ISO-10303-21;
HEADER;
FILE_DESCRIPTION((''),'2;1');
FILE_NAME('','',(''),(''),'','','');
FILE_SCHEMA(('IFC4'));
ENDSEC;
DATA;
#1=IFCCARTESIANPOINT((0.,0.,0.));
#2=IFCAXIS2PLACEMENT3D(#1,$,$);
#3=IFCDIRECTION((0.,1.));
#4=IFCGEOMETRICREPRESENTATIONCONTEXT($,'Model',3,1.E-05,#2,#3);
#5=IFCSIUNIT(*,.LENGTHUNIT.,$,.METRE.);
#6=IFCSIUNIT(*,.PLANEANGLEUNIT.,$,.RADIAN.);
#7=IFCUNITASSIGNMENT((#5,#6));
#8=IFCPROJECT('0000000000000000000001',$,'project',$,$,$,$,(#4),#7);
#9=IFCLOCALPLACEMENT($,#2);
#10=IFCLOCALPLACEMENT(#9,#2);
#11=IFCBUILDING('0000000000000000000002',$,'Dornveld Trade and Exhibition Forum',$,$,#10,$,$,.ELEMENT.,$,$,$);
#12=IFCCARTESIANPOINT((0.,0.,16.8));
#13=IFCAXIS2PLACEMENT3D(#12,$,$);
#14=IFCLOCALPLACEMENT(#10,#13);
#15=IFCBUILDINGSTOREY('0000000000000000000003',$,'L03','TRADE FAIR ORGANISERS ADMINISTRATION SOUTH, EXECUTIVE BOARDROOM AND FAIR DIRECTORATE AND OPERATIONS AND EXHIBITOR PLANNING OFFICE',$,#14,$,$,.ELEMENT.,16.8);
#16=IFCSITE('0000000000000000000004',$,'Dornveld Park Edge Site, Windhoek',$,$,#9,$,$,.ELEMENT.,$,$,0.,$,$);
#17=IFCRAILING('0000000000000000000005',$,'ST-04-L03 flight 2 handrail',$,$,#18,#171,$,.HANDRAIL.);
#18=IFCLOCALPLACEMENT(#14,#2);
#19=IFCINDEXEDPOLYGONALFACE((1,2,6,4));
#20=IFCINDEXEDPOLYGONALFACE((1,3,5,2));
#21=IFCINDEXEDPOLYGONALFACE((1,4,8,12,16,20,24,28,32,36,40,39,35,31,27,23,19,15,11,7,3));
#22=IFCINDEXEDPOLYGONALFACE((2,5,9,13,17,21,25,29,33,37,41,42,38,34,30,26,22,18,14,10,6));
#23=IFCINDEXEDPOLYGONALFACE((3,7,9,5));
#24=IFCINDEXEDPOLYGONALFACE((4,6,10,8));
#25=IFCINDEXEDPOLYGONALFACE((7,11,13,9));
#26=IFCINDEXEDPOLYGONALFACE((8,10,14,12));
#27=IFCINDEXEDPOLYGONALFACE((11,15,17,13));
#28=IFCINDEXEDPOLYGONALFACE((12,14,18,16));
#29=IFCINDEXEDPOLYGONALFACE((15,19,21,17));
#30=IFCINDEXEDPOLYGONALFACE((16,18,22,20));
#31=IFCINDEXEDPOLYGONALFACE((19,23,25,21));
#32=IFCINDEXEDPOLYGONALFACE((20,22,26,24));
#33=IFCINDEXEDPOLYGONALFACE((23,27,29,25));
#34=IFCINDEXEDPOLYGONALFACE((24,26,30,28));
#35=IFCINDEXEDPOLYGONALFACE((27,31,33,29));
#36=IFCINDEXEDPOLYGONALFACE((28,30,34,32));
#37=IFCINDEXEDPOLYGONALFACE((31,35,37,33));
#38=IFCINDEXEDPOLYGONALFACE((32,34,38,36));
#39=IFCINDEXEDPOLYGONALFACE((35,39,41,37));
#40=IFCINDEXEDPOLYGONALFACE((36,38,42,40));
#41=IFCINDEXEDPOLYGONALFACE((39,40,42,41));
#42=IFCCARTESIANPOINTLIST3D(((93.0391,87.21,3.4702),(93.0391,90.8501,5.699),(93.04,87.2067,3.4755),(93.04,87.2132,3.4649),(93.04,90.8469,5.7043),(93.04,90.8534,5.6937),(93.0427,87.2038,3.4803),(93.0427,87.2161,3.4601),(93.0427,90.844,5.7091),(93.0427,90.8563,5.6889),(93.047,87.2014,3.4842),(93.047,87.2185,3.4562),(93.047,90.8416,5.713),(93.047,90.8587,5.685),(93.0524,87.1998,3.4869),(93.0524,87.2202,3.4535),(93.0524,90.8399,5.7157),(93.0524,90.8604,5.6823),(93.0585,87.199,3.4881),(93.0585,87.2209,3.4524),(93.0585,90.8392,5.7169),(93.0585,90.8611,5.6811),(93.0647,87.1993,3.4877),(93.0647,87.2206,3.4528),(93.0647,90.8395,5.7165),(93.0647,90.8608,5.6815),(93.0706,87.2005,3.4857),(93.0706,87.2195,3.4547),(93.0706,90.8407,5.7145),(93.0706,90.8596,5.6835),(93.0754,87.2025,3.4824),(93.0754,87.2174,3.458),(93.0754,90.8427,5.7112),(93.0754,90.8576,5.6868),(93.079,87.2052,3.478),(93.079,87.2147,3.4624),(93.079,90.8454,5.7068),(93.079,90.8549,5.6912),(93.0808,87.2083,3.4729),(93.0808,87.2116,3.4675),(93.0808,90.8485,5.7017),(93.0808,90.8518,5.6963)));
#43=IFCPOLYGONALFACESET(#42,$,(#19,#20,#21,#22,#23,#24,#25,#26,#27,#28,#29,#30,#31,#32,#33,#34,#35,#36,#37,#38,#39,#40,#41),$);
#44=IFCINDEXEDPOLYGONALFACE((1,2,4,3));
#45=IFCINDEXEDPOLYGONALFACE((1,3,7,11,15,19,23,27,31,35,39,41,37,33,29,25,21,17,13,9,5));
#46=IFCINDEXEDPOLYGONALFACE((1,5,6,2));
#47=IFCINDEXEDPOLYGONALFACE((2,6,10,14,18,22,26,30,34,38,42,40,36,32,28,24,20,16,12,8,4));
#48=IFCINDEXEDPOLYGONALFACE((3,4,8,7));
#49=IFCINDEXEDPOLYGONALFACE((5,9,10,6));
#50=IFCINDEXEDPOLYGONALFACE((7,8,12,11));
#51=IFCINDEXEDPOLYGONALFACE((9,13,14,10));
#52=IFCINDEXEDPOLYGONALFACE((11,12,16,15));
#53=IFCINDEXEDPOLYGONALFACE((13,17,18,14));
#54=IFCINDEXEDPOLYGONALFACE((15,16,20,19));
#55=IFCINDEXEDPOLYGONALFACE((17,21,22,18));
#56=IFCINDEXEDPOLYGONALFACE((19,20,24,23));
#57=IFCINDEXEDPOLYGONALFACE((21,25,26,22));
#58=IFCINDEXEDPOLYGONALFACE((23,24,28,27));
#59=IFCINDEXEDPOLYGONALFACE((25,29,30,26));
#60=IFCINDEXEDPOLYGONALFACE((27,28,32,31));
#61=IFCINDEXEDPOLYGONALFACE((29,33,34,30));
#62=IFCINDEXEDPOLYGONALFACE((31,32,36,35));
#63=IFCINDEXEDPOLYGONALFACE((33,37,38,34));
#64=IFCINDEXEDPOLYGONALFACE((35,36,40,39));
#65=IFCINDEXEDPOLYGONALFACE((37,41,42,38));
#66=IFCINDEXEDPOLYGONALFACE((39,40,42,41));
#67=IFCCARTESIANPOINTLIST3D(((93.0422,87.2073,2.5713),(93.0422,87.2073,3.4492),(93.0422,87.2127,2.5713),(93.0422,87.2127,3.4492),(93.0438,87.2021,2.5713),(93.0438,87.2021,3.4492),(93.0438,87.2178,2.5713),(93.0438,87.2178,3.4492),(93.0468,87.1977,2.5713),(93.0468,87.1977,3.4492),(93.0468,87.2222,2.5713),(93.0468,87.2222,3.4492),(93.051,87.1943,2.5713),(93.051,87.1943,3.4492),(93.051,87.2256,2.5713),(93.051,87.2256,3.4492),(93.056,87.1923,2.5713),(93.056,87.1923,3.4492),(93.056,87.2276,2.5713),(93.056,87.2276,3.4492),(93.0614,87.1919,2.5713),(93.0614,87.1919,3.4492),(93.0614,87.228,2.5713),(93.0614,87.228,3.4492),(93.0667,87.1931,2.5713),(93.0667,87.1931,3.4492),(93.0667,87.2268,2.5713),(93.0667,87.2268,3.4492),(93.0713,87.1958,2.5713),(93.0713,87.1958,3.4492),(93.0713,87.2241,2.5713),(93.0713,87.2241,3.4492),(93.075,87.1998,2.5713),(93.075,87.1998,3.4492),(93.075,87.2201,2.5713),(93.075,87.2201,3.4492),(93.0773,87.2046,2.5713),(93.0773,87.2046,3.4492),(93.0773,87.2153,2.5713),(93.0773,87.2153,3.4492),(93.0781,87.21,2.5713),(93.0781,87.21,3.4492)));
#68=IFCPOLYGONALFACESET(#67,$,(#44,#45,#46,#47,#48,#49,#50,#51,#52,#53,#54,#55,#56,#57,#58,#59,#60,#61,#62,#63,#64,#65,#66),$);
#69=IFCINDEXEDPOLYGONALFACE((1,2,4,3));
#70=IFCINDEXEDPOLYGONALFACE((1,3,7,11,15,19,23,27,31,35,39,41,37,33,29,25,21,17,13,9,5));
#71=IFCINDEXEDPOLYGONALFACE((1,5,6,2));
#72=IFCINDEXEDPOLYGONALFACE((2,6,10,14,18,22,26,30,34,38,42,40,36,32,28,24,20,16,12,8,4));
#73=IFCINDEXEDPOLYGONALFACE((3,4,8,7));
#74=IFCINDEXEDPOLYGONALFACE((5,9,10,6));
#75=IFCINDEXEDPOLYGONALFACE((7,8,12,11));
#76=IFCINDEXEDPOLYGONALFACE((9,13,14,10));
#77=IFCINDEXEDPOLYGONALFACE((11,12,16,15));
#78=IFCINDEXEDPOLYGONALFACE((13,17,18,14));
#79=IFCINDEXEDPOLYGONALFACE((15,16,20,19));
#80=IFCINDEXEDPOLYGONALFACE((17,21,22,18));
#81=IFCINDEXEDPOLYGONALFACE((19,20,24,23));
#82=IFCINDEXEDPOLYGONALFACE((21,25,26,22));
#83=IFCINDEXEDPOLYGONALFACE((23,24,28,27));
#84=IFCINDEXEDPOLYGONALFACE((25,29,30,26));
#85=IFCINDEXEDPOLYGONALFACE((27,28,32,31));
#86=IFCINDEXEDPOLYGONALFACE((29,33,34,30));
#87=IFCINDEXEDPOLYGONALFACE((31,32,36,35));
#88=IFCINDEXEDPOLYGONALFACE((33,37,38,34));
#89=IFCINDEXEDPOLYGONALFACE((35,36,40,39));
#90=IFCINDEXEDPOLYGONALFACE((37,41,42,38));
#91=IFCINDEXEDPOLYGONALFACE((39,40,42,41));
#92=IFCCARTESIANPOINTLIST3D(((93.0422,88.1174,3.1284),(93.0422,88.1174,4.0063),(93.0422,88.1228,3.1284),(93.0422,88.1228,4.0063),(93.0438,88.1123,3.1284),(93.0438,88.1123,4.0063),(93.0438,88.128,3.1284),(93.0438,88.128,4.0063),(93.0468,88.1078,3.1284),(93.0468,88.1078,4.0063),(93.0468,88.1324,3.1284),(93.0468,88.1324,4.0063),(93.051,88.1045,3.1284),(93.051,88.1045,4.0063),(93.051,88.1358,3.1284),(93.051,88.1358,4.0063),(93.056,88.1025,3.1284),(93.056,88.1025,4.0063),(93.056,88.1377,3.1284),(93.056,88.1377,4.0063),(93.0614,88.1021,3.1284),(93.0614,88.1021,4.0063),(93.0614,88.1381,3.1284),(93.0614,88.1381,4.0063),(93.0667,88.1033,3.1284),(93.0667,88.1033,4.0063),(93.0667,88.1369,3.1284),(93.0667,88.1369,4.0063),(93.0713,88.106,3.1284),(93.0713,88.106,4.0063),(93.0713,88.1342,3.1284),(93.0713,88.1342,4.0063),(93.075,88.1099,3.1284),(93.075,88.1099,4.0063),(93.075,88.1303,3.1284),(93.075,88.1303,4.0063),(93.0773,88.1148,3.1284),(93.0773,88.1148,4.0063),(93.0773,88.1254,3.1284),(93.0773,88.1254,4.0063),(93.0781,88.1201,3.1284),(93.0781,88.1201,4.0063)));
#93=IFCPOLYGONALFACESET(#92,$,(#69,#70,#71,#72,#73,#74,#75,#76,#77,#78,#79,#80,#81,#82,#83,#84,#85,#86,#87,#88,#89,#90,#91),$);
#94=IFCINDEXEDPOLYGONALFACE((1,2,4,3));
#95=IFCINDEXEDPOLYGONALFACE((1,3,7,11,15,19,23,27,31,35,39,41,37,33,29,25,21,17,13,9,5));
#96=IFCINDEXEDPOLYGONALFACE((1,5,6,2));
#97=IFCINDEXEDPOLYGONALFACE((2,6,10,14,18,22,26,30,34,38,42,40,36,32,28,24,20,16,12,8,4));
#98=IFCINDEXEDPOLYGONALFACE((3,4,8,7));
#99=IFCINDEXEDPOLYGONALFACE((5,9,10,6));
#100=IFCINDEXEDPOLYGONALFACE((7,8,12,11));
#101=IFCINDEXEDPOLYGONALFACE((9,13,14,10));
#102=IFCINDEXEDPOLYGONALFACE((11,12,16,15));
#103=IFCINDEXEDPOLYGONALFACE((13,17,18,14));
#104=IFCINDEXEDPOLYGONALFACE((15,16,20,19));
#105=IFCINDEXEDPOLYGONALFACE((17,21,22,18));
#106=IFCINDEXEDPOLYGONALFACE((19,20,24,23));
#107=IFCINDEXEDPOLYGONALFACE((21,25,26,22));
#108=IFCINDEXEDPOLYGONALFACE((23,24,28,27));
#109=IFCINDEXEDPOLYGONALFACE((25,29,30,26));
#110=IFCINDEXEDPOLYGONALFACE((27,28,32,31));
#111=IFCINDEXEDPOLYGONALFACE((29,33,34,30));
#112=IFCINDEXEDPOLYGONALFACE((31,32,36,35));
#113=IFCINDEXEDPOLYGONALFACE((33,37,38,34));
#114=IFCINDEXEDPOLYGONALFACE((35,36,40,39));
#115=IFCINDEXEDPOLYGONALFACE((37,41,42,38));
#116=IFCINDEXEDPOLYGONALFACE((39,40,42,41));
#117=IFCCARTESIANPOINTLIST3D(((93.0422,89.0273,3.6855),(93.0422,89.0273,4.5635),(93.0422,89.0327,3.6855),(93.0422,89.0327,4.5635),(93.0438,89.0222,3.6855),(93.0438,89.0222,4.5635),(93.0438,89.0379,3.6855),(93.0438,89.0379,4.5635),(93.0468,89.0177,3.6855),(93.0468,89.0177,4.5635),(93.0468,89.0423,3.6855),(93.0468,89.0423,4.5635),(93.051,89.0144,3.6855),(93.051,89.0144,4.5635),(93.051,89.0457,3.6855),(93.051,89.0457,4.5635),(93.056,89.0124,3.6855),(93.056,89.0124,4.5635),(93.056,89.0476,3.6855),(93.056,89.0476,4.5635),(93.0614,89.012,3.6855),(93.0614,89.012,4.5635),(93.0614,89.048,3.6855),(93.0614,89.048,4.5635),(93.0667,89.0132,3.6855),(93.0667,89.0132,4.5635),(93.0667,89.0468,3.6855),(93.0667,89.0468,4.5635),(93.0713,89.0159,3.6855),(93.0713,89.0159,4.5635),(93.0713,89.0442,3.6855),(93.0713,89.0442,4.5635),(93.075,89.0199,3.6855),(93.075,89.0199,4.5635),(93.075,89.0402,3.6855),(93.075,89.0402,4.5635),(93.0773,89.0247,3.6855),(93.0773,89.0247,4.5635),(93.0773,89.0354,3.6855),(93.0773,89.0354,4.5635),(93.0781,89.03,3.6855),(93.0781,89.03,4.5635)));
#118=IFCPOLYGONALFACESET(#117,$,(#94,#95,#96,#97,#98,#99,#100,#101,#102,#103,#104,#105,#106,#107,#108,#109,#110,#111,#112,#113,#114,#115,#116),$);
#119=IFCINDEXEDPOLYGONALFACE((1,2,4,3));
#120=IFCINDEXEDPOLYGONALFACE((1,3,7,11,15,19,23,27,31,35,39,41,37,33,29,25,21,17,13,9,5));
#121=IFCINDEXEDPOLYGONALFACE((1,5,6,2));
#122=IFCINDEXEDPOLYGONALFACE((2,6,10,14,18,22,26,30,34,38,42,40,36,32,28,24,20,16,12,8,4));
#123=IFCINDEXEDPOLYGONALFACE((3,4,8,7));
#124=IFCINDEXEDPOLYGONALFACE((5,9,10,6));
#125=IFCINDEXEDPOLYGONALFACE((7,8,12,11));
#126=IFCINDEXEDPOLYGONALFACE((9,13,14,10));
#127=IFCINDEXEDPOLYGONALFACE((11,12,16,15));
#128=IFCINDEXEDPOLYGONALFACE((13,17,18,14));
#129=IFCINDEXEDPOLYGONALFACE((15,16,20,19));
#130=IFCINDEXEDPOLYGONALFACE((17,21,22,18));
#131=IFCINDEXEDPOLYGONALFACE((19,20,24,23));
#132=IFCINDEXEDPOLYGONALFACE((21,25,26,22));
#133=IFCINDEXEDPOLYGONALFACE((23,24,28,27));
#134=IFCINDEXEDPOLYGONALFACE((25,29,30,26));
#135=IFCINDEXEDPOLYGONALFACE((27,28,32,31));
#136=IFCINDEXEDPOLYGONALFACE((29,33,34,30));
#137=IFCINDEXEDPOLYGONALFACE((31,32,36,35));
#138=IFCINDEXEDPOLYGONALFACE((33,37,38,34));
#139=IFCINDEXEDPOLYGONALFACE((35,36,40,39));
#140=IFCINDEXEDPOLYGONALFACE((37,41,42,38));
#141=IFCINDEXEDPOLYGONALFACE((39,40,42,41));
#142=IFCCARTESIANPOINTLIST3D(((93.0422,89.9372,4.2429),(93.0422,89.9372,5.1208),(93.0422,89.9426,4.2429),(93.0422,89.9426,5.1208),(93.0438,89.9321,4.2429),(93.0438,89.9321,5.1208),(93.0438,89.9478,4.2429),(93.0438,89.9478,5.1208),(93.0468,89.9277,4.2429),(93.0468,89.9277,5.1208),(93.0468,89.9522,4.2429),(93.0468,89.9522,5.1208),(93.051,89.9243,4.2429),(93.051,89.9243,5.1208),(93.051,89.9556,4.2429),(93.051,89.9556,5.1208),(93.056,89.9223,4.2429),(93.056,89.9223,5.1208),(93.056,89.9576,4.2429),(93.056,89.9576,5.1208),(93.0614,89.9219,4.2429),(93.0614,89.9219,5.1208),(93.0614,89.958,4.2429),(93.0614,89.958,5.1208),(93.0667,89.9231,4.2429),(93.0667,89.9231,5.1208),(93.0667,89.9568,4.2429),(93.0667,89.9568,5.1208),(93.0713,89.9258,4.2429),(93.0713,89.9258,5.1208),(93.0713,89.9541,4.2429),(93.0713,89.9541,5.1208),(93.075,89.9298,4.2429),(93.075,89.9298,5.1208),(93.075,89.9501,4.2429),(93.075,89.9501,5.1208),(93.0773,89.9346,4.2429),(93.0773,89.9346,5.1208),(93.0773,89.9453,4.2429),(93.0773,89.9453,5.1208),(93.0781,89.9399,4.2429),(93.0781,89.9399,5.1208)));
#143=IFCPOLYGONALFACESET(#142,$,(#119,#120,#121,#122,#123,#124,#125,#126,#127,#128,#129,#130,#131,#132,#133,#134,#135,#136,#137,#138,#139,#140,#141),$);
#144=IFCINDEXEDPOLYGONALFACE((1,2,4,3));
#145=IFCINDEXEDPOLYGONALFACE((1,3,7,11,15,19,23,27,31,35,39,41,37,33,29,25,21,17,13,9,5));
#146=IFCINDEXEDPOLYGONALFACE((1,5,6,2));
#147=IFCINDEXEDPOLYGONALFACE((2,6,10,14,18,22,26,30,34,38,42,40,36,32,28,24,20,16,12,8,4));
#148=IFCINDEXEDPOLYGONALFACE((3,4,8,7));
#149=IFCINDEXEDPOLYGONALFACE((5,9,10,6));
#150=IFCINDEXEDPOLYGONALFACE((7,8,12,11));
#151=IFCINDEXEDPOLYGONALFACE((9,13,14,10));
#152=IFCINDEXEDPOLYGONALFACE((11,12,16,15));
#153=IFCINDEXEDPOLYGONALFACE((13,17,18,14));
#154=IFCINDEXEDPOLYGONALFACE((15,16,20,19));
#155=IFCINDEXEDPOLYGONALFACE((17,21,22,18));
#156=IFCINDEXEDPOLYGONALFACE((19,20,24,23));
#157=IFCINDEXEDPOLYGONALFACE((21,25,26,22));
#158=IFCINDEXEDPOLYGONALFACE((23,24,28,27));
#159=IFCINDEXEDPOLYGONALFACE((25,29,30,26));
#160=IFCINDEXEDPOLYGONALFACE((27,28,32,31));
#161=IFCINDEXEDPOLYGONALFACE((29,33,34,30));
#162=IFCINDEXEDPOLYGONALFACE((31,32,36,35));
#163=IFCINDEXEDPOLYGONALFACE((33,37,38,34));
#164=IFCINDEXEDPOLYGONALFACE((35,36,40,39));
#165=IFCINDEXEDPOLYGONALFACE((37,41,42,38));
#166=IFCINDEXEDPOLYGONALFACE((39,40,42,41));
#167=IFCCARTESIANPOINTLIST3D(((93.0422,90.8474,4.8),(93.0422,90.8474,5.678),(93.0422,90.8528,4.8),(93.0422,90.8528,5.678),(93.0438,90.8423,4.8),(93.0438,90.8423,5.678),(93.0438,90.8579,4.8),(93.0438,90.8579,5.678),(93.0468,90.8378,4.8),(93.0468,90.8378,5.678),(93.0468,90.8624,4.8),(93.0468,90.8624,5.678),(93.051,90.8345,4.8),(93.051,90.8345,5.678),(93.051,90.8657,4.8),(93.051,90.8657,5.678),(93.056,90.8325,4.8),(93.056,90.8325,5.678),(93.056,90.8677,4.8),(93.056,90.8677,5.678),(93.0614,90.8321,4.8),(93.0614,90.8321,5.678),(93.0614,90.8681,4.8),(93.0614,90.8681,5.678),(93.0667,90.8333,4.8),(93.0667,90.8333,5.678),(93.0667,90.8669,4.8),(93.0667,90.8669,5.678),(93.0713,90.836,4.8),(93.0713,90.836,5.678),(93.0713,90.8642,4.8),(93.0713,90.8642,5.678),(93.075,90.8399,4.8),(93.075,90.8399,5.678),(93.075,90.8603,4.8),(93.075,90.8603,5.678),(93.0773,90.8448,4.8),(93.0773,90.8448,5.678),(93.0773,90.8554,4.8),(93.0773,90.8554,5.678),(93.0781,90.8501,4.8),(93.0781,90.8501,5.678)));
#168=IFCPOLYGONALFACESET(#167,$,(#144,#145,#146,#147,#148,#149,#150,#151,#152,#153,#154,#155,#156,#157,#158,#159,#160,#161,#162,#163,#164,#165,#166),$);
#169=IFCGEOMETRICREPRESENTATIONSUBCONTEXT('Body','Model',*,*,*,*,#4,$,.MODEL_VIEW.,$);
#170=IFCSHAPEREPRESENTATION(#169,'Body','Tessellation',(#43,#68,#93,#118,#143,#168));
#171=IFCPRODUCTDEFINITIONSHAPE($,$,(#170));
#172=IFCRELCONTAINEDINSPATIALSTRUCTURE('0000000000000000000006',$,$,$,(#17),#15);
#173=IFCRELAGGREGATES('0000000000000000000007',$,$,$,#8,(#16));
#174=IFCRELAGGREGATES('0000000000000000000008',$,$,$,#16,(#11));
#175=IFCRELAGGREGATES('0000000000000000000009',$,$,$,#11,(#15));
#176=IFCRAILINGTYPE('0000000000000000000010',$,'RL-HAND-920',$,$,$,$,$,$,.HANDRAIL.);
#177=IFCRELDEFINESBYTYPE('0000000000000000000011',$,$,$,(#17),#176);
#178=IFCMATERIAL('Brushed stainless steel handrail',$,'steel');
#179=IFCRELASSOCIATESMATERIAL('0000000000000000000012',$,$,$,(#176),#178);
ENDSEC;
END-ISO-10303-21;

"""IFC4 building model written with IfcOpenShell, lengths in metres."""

from ifc_helpers import new_model, si_unit, direction, frame, origin, origin_2d, place, context, subcontext, project, spatial, circle, extrude, material, type_object, element, save


model = new_model("IFC4")

# Units and contexts
model_context = context("Model", 3, precision=1e-05, world=origin(), true_north=direction((0.0, 1.0)))
body_context = subcontext(model_context, "Body", "Model", "MODEL_VIEW")
ifc_project = project(units=[si_unit("LENGTHUNIT", "METRE"), si_unit("PLANEANGLEUNIT", "RADIAN")], contexts=[model_context])

# Site, building, storey
site_placement = place(None, origin())
site = spatial("IfcSite", under=ifc_project, at=site_placement, Name="Dornveld Park Edge Site, Windhoek", CompositionType="ELEMENT", RefElevation=0.0)
building_placement = place(site_placement, origin())
building = spatial("IfcBuilding", under=site, at=building_placement, Name="Dornveld Trade and Exhibition Forum", CompositionType="ELEMENT")
storey_placement = place(building_placement, frame((0.0, 0.0, 16.8)))
storey = spatial("IfcBuildingStorey", under=building, at=storey_placement, Name="L03", Description="TRADE FAIR ORGANISERS ADMINISTRATION SOUTH, EXECUTIVE BOARDROOM AND FAIR DIRECTORATE AND OPERATIONS AND EXHIBITOR PLANNING OFFICE", CompositionType="ELEMENT", Elevation=16.8)

# Railing
ifc_material_1 = material(Name="Brushed stainless steel handrail", Category="steel")
railing_type_1 = type_object("IfcRailingType", Name="RL-HAND-920", PredefinedType="HANDRAIL", material=ifc_material_1)
railing_1_placement = place(storey_placement, frame((93.0601, 87.21, 2.5713)))
element("IfcRailing", 1, at=railing_1_placement, inside=storey, type_object=railing_type_1, Name="ST-04-L03 flight 2 handrail", PredefinedType="HANDRAIL", context=body_context, shape_type="SweptSolid", body=[
    extrude(circle(Radius=0.021, at=origin_2d()), frame((0.0, 0.0, 0.8989), z_axis=(0.0, 0.85284, 0.522172), x_axis=(-1.0, 0.0, 0.0)), (0.0, 0.0, 1.0), 4.2683),
    extrude(circle(Radius=0.0181, at=origin_2d()), origin(), (0.0, 0.0, 1.0), 0.8779),
    extrude(circle(Radius=0.0181, at=origin_2d()), frame((0.0, 0.9102, 0.5571)), (0.0, 0.0, 1.0), 0.8779),
    extrude(circle(Radius=0.0181, at=origin_2d()), frame((0.0, 1.8201, 1.1143)), (0.0, 0.0, 1.0), 0.8779),
    extrude(circle(Radius=0.0181, at=origin_2d()), frame((0.0, 2.73, 1.6716)), (0.0, 0.0, 1.0), 0.8779),
    extrude(circle(Radius=0.0181, at=origin_2d()), frame((0.0, 3.6401, 2.2288)), (0.0, 0.0, 1.0), 0.8779),
])

save(model, "model.ifc")
